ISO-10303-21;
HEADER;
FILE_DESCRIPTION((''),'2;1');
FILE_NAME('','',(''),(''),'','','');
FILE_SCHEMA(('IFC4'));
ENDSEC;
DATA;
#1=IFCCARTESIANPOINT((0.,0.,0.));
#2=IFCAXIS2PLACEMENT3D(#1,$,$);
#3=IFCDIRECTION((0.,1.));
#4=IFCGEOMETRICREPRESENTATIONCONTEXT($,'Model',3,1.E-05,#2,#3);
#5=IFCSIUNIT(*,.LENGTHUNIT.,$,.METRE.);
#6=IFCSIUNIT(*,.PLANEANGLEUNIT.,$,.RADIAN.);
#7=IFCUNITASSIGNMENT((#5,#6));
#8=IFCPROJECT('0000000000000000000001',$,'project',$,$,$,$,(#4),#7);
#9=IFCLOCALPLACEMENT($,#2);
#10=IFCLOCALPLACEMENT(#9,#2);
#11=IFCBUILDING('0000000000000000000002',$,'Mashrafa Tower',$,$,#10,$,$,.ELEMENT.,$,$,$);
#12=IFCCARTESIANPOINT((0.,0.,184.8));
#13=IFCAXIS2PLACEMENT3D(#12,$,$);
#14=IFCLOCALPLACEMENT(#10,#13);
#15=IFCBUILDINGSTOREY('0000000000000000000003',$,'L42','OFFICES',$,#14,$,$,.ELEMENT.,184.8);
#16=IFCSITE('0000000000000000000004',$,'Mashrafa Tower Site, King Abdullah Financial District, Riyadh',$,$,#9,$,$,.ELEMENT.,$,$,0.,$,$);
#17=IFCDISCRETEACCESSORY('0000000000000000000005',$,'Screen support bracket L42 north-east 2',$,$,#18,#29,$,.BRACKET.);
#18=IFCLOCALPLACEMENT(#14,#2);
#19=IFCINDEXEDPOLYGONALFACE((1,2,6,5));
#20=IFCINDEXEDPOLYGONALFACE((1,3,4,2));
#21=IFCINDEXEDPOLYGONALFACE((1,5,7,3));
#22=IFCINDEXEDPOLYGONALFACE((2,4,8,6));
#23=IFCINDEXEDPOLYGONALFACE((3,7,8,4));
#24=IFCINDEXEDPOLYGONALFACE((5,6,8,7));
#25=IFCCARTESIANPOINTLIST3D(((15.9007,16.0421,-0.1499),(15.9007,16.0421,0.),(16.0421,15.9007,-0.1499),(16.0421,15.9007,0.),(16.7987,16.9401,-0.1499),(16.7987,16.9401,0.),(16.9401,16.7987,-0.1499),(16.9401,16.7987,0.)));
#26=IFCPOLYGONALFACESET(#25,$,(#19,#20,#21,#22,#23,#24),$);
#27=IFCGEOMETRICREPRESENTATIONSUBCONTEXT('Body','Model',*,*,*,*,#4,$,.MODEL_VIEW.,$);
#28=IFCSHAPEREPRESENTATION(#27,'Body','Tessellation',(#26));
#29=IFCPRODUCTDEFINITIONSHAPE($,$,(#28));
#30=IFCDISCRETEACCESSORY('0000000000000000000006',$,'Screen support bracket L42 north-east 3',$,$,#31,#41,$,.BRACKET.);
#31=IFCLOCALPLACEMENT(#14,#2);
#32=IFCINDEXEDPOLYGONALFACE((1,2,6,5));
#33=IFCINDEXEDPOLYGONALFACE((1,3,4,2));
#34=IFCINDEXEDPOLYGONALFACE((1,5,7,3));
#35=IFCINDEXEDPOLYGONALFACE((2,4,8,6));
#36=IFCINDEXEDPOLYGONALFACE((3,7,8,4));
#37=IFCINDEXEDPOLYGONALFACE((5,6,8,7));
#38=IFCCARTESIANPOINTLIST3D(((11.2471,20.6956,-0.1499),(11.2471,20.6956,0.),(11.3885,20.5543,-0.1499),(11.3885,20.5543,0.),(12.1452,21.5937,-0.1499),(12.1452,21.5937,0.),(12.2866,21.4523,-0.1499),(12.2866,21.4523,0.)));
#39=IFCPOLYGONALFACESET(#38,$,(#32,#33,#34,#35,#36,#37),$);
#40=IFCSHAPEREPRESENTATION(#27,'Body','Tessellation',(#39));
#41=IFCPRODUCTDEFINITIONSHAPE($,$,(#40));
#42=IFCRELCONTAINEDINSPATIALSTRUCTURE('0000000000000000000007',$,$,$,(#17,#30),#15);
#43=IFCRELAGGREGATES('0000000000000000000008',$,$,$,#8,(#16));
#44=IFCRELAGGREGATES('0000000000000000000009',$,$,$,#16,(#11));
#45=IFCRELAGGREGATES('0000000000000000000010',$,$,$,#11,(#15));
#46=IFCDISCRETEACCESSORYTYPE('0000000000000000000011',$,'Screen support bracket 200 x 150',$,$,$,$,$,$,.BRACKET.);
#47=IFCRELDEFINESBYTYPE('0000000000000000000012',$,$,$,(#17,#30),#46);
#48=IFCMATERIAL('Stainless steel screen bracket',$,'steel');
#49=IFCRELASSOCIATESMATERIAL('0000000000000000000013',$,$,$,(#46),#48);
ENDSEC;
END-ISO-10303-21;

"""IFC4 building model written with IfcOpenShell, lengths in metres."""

from ifc_helpers import new_model, si_unit, direction, frame, origin, origin_2d, place, context, subcontext, project, spatial, rectangle, extrude, source, transform, mapped, material, type_object, type_shapes, element, save


model = new_model("IFC4")

# Units and contexts
model_context = context("Model", 3, precision=1e-05, world=origin(), true_north=direction((0.0, 1.0)))
body_context = subcontext(model_context, "Body", "Model", "MODEL_VIEW")
ifc_project = project(units=[si_unit("LENGTHUNIT", "METRE"), si_unit("PLANEANGLEUNIT", "RADIAN")], contexts=[model_context])

# Site, building, storey
site_placement = place(None, origin())
site = spatial("IfcSite", under=ifc_project, at=site_placement, Name="Mashrafa Tower Site, King Abdullah Financial District, Riyadh", CompositionType="ELEMENT", RefElevation=0.0)
building_placement = place(site_placement, origin())
building = spatial("IfcBuilding", under=site, at=building_placement, Name="Mashrafa Tower", CompositionType="ELEMENT")
storey_placement = place(building_placement, frame((0.0, 0.0, 184.8)))
storey = spatial("IfcBuildingStorey", under=building, at=storey_placement, Name="L42", Description="OFFICES", CompositionType="ELEMENT", Elevation=184.8)

# Discrete accessories
ifc_material_1 = material(Name="Stainless steel screen bracket", Category="steel")
discrete_accessory_type = type_object("IfcDiscreteAccessoryType", Name="Screen support bracket 200 x 150", PredefinedType="BRACKET", material=ifc_material_1)
shared_shape_1 = source(origin(), body_context, "Body", "SweptSolid", [
    extrude(rectangle(XDim=0.2, YDim=1.27, at=origin_2d()), origin(), (0.0, 0.0, 1.0), 0.1499),
])
type_shapes(discrete_accessory_type, [shared_shape_1])
for number, where, z_axis, x_axis, name in (
    (1, (16.4204, 16.4204, -0.1499), (0.0, 0.0, 1.0), (-0.707107, 0.707107, 0.0), "Screen support bracket L42 north-east 2"),
    (2, (11.7668, 21.074, -0.1499), (0.0, 0.0, 1.0), (-0.707107, 0.707107, 0.0), "Screen support bracket L42 north-east 3"),
):
    element("IfcDiscreteAccessory", number, at=place(storey_placement, frame(where, z_axis=z_axis, x_axis=x_axis)), inside=storey, type_object=discrete_accessory_type, Name=name, PredefinedType="BRACKET", context=body_context, shape_type="MappedRepresentation", body=[
        mapped(shared_shape_1, transform((0.0, 0.0, 0.0))),
    ])

save(model, "model.ifc")
